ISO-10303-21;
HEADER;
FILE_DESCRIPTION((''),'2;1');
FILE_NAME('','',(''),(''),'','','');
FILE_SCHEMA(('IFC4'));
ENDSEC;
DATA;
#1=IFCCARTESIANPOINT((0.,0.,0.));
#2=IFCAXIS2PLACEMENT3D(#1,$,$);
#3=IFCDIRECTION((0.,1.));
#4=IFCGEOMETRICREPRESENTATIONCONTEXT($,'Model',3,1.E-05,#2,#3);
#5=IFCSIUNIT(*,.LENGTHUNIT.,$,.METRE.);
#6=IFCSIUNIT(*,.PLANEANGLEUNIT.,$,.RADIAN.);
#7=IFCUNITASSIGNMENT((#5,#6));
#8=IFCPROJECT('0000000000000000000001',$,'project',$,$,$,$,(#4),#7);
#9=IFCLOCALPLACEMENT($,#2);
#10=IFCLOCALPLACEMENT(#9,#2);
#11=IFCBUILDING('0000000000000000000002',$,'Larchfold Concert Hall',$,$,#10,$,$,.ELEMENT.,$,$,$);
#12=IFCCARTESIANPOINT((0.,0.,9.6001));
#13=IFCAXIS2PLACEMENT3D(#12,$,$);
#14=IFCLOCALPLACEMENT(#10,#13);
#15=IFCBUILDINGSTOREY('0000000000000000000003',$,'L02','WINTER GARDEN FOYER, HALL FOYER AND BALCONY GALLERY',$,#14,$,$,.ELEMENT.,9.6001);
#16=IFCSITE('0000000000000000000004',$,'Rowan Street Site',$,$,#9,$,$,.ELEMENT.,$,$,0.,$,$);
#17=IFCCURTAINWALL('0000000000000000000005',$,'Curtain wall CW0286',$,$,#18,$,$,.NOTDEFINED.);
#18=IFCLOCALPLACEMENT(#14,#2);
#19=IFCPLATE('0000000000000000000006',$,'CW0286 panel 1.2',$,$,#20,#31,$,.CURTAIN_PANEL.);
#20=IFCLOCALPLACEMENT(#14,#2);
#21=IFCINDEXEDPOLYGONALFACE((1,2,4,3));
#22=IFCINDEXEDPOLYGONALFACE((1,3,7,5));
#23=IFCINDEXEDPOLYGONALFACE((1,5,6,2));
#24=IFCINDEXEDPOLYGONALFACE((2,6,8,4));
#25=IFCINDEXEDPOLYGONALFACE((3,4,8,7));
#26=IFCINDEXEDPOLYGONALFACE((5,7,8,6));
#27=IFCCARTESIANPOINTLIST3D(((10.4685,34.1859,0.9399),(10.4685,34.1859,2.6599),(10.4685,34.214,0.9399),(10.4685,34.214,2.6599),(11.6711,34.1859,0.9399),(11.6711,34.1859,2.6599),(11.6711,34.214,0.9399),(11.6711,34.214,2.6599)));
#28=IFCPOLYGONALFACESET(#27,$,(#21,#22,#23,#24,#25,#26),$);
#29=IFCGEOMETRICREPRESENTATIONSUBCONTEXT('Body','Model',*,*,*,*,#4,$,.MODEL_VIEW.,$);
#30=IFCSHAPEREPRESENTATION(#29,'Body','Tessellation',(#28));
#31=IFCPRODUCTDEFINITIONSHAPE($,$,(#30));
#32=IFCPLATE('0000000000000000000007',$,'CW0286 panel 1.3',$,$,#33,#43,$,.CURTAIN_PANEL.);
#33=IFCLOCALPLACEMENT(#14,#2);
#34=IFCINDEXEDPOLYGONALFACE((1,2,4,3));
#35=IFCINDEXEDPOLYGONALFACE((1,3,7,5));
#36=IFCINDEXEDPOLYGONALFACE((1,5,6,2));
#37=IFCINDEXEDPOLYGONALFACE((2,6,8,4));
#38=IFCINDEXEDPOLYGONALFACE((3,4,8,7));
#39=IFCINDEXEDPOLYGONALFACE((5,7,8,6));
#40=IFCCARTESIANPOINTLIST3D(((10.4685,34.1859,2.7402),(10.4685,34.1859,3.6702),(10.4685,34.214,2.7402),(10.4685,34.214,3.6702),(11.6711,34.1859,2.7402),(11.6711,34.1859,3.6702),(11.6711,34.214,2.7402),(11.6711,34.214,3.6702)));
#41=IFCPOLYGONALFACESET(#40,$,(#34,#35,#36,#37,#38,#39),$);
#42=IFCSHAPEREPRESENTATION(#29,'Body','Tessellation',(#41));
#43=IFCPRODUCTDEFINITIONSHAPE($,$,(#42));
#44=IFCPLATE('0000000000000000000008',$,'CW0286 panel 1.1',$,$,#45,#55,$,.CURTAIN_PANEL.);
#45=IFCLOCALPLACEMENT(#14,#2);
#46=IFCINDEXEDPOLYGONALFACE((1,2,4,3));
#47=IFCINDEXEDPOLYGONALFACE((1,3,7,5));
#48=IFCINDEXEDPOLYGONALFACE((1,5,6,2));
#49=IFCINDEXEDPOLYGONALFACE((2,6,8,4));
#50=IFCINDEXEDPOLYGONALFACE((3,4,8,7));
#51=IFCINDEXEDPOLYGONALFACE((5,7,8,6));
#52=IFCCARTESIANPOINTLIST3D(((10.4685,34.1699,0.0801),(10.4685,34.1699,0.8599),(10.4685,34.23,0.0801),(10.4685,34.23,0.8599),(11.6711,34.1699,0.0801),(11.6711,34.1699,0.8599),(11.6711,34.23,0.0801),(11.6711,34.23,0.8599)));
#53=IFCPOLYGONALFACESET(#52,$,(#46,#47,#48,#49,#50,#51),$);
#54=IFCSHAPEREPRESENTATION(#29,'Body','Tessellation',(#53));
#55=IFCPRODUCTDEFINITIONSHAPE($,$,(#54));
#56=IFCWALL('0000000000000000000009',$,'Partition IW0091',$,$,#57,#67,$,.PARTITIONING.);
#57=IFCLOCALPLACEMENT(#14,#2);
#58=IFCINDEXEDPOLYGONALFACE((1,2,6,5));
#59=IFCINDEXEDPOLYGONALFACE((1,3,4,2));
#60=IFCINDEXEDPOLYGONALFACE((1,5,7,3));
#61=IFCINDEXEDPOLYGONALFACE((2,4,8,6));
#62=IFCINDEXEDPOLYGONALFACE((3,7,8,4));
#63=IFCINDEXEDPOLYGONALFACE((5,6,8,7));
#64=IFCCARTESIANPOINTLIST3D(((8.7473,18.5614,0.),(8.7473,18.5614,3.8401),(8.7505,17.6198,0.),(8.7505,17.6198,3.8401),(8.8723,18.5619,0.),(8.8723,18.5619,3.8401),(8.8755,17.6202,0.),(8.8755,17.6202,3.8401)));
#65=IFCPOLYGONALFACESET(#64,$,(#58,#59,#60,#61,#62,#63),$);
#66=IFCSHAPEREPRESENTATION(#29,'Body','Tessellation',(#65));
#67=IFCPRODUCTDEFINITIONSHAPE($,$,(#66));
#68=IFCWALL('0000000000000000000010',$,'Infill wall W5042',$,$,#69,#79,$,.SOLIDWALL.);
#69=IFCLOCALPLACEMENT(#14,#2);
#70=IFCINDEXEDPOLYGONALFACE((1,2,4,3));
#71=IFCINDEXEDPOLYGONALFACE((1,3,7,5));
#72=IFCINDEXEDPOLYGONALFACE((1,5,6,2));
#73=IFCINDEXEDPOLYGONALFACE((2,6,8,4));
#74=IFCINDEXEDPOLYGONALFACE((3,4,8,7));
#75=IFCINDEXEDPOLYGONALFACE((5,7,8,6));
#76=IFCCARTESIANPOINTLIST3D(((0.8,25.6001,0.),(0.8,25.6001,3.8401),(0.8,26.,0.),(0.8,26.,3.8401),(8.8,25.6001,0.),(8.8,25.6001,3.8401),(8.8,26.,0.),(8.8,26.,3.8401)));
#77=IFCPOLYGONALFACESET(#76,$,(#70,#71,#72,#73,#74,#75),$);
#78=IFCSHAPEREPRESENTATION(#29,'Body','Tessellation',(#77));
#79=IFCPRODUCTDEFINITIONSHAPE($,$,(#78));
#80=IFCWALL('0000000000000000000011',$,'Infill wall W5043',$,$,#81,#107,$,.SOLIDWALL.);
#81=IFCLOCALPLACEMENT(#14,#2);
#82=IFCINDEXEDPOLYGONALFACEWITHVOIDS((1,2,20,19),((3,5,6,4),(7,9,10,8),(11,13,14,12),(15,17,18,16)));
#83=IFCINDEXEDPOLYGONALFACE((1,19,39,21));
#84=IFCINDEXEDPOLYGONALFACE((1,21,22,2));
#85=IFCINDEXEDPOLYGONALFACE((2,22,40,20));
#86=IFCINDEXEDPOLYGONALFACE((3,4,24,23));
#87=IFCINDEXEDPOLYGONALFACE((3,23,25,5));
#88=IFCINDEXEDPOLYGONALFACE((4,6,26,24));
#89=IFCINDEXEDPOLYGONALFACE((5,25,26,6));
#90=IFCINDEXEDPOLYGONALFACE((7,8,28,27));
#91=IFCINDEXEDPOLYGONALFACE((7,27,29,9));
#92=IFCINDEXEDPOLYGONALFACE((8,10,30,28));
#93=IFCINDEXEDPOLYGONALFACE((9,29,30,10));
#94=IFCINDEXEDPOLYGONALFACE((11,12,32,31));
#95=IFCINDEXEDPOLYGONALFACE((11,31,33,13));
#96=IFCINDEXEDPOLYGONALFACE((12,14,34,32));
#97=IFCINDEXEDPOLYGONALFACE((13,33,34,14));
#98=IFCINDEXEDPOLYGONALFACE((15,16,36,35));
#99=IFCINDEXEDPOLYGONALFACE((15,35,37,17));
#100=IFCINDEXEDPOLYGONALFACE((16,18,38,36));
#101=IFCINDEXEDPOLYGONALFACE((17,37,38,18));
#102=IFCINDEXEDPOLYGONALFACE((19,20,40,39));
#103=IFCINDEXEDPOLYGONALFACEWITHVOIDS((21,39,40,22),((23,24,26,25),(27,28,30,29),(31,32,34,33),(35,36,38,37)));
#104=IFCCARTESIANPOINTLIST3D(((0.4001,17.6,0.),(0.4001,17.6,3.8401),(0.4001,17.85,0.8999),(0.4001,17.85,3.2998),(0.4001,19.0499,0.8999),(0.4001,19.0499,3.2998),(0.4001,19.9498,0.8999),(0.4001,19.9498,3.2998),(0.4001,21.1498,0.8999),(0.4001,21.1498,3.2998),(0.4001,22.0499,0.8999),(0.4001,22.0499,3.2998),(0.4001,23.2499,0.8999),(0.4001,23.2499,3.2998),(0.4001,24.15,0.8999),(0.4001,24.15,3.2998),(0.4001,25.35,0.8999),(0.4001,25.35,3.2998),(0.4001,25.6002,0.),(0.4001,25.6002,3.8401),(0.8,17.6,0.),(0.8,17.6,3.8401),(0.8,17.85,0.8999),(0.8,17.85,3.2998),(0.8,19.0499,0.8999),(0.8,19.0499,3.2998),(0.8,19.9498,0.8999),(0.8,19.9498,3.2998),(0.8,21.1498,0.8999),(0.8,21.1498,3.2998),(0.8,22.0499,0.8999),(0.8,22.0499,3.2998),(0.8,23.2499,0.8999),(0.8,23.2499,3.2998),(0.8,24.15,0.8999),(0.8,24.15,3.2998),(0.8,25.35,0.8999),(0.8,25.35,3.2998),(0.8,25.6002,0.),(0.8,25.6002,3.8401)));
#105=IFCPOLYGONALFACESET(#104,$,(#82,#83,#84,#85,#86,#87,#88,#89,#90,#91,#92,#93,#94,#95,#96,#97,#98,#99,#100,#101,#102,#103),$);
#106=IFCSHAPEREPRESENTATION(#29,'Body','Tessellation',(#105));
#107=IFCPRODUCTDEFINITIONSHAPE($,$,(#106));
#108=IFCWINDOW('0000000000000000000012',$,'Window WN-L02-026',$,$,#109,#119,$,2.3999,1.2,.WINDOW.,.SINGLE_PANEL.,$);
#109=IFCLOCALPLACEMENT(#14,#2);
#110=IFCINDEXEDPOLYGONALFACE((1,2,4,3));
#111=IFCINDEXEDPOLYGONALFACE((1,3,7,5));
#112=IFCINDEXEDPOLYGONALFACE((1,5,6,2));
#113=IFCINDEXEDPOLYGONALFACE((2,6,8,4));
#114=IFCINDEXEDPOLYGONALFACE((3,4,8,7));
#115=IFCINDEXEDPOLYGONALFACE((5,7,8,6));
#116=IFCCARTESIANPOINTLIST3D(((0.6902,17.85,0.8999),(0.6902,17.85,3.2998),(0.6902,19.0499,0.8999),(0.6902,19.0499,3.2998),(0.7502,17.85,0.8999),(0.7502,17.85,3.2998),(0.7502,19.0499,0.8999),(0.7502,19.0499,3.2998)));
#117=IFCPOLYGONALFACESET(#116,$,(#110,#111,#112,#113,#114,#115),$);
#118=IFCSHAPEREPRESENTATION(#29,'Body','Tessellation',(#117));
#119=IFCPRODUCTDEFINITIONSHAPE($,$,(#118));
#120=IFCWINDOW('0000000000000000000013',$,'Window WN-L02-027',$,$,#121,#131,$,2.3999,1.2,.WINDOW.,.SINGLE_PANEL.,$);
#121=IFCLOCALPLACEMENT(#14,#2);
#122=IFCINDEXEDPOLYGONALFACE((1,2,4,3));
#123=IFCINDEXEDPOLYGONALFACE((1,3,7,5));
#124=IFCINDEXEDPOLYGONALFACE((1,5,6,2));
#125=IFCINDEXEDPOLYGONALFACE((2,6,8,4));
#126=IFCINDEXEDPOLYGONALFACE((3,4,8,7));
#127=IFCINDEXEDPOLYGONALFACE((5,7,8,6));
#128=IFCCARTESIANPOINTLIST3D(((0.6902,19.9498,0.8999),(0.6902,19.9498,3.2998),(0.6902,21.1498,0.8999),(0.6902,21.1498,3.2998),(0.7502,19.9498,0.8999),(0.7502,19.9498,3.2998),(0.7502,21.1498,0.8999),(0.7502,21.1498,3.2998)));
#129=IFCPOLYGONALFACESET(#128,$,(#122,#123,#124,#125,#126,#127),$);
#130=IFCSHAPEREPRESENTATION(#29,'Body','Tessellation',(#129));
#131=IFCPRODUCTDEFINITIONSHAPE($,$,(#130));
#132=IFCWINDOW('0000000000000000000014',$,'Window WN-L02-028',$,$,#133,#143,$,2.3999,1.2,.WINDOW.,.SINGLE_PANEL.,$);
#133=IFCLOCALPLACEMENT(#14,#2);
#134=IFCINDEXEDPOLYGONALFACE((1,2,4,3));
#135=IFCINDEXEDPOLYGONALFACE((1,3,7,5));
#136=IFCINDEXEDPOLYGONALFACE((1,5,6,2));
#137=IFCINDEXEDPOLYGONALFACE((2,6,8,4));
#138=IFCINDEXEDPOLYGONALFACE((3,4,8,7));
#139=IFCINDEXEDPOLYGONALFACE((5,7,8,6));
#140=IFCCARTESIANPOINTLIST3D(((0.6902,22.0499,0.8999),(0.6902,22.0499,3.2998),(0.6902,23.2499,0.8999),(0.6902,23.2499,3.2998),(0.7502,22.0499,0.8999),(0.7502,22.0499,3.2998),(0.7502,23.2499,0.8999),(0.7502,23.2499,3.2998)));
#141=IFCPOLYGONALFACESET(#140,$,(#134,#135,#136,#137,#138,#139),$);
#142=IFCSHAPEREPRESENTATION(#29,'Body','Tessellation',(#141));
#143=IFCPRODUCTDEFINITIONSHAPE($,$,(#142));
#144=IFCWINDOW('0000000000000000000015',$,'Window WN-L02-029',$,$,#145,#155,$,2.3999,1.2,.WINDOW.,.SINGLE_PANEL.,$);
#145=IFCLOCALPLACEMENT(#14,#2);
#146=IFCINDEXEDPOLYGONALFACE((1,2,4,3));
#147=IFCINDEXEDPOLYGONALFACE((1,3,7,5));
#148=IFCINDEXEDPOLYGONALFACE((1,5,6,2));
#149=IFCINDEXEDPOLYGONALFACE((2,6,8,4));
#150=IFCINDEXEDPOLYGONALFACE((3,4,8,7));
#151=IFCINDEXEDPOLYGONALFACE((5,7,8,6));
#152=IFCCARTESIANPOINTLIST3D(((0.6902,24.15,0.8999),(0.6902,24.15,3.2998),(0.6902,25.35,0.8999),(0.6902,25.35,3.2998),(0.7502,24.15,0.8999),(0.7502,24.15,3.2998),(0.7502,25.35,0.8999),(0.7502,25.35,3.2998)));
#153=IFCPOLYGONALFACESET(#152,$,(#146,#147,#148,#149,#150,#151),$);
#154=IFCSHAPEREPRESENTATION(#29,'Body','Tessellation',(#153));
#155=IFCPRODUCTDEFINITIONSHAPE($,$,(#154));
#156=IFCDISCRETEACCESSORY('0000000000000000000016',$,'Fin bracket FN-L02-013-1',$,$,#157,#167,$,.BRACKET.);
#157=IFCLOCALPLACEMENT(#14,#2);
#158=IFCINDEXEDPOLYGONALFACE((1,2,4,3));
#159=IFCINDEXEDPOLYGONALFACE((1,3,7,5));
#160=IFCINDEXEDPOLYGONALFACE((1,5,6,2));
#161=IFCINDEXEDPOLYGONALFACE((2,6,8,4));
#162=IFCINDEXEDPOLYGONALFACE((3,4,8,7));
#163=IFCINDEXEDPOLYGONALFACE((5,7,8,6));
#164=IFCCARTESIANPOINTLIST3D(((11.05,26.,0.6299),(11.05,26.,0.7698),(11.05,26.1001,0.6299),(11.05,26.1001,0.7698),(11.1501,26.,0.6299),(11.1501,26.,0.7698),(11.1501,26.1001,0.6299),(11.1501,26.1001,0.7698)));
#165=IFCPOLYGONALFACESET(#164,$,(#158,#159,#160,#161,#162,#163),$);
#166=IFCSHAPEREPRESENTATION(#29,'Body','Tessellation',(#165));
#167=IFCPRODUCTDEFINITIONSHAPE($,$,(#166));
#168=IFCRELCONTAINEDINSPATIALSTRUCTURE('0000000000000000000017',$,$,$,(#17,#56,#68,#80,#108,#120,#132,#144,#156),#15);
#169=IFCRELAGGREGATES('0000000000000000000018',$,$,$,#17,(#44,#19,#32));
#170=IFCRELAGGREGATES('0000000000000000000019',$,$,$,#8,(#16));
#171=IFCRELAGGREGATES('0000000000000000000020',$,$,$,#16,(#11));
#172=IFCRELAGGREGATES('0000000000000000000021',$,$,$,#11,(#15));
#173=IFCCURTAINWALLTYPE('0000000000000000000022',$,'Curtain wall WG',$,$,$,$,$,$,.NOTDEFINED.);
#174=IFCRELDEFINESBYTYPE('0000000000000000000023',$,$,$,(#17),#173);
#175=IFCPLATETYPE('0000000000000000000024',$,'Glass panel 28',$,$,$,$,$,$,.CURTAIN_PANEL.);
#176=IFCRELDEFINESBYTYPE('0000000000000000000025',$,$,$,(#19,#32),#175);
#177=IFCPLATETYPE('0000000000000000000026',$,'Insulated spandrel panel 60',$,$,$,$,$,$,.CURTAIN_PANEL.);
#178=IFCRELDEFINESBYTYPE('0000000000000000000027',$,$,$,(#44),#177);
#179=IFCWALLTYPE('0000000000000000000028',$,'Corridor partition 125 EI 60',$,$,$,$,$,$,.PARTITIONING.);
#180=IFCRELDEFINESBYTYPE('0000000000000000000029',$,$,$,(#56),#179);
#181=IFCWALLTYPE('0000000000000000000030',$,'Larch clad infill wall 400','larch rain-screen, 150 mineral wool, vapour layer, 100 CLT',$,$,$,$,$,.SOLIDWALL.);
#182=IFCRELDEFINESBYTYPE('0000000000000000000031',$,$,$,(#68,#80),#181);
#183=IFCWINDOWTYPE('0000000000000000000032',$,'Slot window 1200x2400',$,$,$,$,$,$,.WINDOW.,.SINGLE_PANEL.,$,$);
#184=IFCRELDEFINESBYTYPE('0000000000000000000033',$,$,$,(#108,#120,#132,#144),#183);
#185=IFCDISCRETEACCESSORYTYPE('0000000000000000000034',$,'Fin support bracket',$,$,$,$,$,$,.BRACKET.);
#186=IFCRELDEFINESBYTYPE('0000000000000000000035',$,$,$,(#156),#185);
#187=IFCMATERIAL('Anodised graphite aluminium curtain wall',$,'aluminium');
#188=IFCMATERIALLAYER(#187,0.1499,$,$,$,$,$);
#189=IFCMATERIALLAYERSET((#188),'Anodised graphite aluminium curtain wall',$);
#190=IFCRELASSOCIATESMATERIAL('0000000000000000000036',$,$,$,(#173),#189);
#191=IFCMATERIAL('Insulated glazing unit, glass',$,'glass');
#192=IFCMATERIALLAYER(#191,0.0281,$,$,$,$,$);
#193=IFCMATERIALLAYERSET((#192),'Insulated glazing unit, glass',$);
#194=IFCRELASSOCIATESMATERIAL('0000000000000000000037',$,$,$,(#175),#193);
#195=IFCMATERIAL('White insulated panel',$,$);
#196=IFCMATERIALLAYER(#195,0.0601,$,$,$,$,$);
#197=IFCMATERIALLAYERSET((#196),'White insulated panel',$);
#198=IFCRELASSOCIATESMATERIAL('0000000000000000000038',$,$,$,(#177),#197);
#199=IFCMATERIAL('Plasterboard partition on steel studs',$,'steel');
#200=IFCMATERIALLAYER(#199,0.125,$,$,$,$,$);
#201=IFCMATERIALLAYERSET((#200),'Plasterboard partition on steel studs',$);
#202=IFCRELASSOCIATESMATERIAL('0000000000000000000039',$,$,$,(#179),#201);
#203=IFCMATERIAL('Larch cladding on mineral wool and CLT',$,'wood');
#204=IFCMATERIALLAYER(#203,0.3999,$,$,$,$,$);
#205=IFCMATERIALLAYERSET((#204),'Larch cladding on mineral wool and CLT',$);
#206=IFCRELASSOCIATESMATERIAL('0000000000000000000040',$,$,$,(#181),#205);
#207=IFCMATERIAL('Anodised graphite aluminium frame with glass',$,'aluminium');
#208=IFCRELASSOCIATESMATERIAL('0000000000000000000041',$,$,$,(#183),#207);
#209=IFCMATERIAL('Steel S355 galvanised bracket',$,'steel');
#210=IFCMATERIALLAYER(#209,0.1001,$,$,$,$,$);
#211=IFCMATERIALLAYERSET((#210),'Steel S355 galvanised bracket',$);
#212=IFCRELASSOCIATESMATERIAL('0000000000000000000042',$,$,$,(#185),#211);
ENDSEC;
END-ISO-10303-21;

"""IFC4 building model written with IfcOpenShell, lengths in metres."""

from ifc_helpers import new_model, si_unit, direction, frame, frame_2d, origin, origin_2d, place, context, subcontext, project, spatial, rectangle, extrude, material, layer, layer_set, type_object, element, fill, aggregate, save


model = new_model("IFC4")

# Units and contexts
model_context = context("Model", 3, precision=1e-05, world=origin(), true_north=direction((0.0, 1.0)))
body_context = subcontext(model_context, "Body", "Model", "MODEL_VIEW")
ifc_project = project(units=[si_unit("LENGTHUNIT", "METRE"), si_unit("PLANEANGLEUNIT", "RADIAN")], contexts=[model_context])

# Site, building, storey
site_placement = place(None, origin())
site = spatial("IfcSite", under=ifc_project, at=site_placement, Name="Rowan Street Site", CompositionType="ELEMENT", RefElevation=0.0)
building_placement = place(site_placement, origin())
building = spatial("IfcBuilding", under=site, at=building_placement, Name="Larchfold Concert Hall", CompositionType="ELEMENT")
storey_placement = place(building_placement, frame((0.0, 0.0, 9.6001)))
storey = spatial("IfcBuildingStorey", under=building, at=storey_placement, Name="L02", Description="WINTER GARDEN FOYER, HALL FOYER AND BALCONY GALLERY", CompositionType="ELEMENT", Elevation=9.6001)

# Curtain wall
ifc_material_1 = material(Name="Anodised graphite aluminium curtain wall", Category="aluminium")
ifc_layer_1 = layer(ifc_material_1, 0.1499)
ifc_layer_set_1 = layer_set([ifc_layer_1], Name="Anodised graphite aluminium curtain wall")
curtain_wall_type = type_object("IfcCurtainWallType", Name="Curtain wall WG", PredefinedType="NOTDEFINED", material=ifc_layer_set_1)
curtain_wall_placement = place(storey_placement, origin())
curtain_wall = element("IfcCurtainWall", 1, at=curtain_wall_placement, inside=storey, type_object=curtain_wall_type, Name="Curtain wall CW0286", PredefinedType="NOTDEFINED")

# Plates
ifc_material_2 = material(Name="Insulated glazing unit, glass", Category="glass")
ifc_layer_2 = layer(ifc_material_2, 0.0281)
ifc_layer_set_2 = layer_set([ifc_layer_2], Name="Insulated glazing unit, glass")
plate_type_1 = type_object("IfcPlateType", Name="Glass panel 28", PredefinedType="CURTAIN_PANEL", material=ifc_layer_set_2)
plate_1_placement = place(storey_placement, frame((11.0698, 34.2, 0.9399), z_axis=(0.0, 0.0, 1.0), x_axis=(1.0, 0.0, 0.0)))
plate_1 = element("IfcPlate", 2, at=plate_1_placement, type_object=plate_type_1, Name="CW0286 panel 1.2", PredefinedType="CURTAIN_PANEL", context=body_context, shape_type="SweptSolid", body=[
    extrude(rectangle(XDim=1.2026, YDim=0.0281, at=origin_2d()), origin(), (0.0, 0.0, 1.0), 1.72),
])
plate_2_placement = place(storey_placement, frame((11.0698, 34.2, 2.7402), z_axis=(0.0, 0.0, 1.0), x_axis=(1.0, 0.0, 0.0)))
plate_2 = element("IfcPlate", 3, at=plate_2_placement, type_object=plate_type_1, Name="CW0286 panel 1.3", PredefinedType="CURTAIN_PANEL", context=body_context, shape_type="SweptSolid", body=[
    extrude(rectangle(XDim=1.2026, YDim=0.0281, at=origin_2d()), origin(), (0.0, 0.0, 1.0), 0.9299),
])
ifc_material_3 = material(Name="White insulated panel")
ifc_layer_3 = layer(ifc_material_3, 0.0601)
ifc_layer_set_3 = layer_set([ifc_layer_3], Name="White insulated panel")
plate_type_2 = type_object("IfcPlateType", Name="Insulated spandrel panel 60", PredefinedType="CURTAIN_PANEL", material=ifc_layer_set_3)
plate_3_placement = place(storey_placement, frame((11.0698, 34.2, 0.0801), z_axis=(0.0, 0.0, 1.0), x_axis=(1.0, 0.0, 0.0)))
plate_3 = element("IfcPlate", 4, at=plate_3_placement, type_object=plate_type_2, Name="CW0286 panel 1.1", PredefinedType="CURTAIN_PANEL", context=body_context, shape_type="SweptSolid", body=[
    extrude(rectangle(XDim=1.2026, YDim=0.0601, at=origin_2d()), origin(), (0.0, 0.0, 1.0), 0.7798),
])
aggregate(curtain_wall, [plate_3, plate_1, plate_2])

# Walls
ifc_material_4 = material(Name="Plasterboard partition on steel studs", Category="steel")
ifc_layer_4 = layer(ifc_material_4, 0.125)
ifc_layer_set_4 = layer_set([ifc_layer_4], Name="Plasterboard partition on steel studs")
wall_type_1 = type_object("IfcWallType", Name="Corridor partition 125 EI 60", PredefinedType="PARTITIONING", material=ifc_layer_set_4)
wall_1_placement = place(storey_placement, frame((8.8098, 18.5615, 0.0), z_axis=(0.0, 0.0, 1.0), x_axis=(0.00337, -0.999994, 0.0)))
element("IfcWall", 5, at=wall_1_placement, inside=storey, type_object=wall_type_1, Name="Partition IW0091", PredefinedType="PARTITIONING", context=body_context, shape_type="SweptSolid", body=[
    extrude(rectangle(XDim=0.9417, YDim=0.125, at=frame_2d((0.4707, 0.0))), origin(), (0.0, 0.0, 1.0), 3.8401),
])
ifc_material_5 = material(Name="Larch cladding on mineral wool and CLT", Category="wood")
ifc_layer_5 = layer(ifc_material_5, 0.3999)
ifc_layer_set_5 = layer_set([ifc_layer_5], Name="Larch cladding on mineral wool and CLT")
wall_type_2 = type_object("IfcWallType", Name="Larch clad infill wall 400", Description="larch rain-screen, 150 mineral wool, vapour layer, 100 CLT", PredefinedType="SOLIDWALL", material=ifc_layer_set_5)
wall_2_placement = place(storey_placement, frame((8.8, 25.8, 0.0), z_axis=(0.0, 0.0, 1.0), x_axis=(-1.0, 0.0, 0.0)))
element("IfcWall", 6, at=wall_2_placement, inside=storey, type_object=wall_type_2, Name="Infill wall W5042", PredefinedType="SOLIDWALL", context=body_context, shape_type="SweptSolid", body=[
    extrude(rectangle(XDim=8.0, YDim=0.3999, at=frame_2d((4.0, 0.0))), origin(), (0.0, 0.0, 1.0), 3.8401),
])

# Wall, openings, windows
wall_3_placement = place(storey_placement, frame((0.6001, 25.6001, 0.0), z_axis=(0.0, 0.0, 1.0), x_axis=(0.0, -1.0, 0.0)))
wall_3 = element("IfcWall", 7, at=wall_3_placement, inside=storey, type_object=wall_type_2, Name="Infill wall W5043", PredefinedType="SOLIDWALL", context=body_context, shape_type="SweptSolid", body=[
    extrude(rectangle(XDim=8.0002, YDim=0.3999, at=frame_2d((4.0, 0.0))), origin(), (0.0, 0.0, 1.0), 3.8401),
])
opening_1_placement = place(wall_3_placement, frame((6.55, 0.0, 0.8999)))
opening_1 = element("IfcOpeningElement", 8, at=opening_1_placement, cuts=wall_3, PredefinedType="OPENING", context=body_context, shape_type="SweptSolid", body=[
    extrude(rectangle(XDim=1.2, YDim=2.3999, at=frame_2d((0.6001, 1.2))), frame((0.0, 0.21, 0.0), z_axis=(0.0, -1.0, 0.0), x_axis=(1.0, 0.0, 0.0)), (0.0, 0.0, 1.0), 0.4199),
])
opening_2_placement = place(wall_3_placement, frame((4.4502, 0.0, 0.8999)))
opening_2 = element("IfcOpeningElement", 9, at=opening_2_placement, cuts=wall_3, PredefinedType="OPENING", context=body_context, shape_type="SweptSolid", body=[
    extrude(rectangle(XDim=1.2, YDim=2.3999, at=frame_2d((0.6001, 1.2))), frame((0.0, 0.21, 0.0), z_axis=(0.0, -1.0, 0.0), x_axis=(1.0, 0.0, 0.0)), (0.0, 0.0, 1.0), 0.4199),
])
opening_3_placement = place(wall_3_placement, frame((2.3501, 0.0, 0.8999)))
opening_3 = element("IfcOpeningElement", 10, at=opening_3_placement, cuts=wall_3, PredefinedType="OPENING", context=body_context, shape_type="SweptSolid", body=[
    extrude(rectangle(XDim=1.2, YDim=2.3999, at=frame_2d((0.6001, 1.2))), frame((0.0, 0.21, 0.0), z_axis=(0.0, -1.0, 0.0), x_axis=(1.0, 0.0, 0.0)), (0.0, 0.0, 1.0), 0.4199),
])
opening_4_placement = place(wall_3_placement, frame((0.25, 0.0, 0.8999)))
opening_4 = element("IfcOpeningElement", 11, at=opening_4_placement, cuts=wall_3, PredefinedType="OPENING", context=body_context, shape_type="SweptSolid", body=[
    extrude(rectangle(XDim=1.2, YDim=2.3999, at=frame_2d((0.6001, 1.2))), frame((0.0, 0.21, 0.0), z_axis=(0.0, -1.0, 0.0), x_axis=(1.0, 0.0, 0.0)), (0.0, 0.0, 1.0), 0.4199),
])
ifc_material_6 = material(Name="Anodised graphite aluminium frame with glass", Category="aluminium")
window_type = type_object("IfcWindowType", Name="Slot window 1200x2400", PartitioningType="SINGLE_PANEL", PredefinedType="WINDOW", material=ifc_material_6)
window_1_placement = place(opening_1_placement, origin())
window_1 = element("IfcWindow", 12, at=window_1_placement, inside=storey, type_object=window_type, Name="Window WN-L02-026", OverallHeight=2.3999, OverallWidth=1.2, PartitioningType="SINGLE_PANEL", PredefinedType="WINDOW", context=body_context, shape_type="SweptSolid", body=[
    extrude(rectangle(XDim=1.2, YDim=2.3999, at=frame_2d((0.6001, 1.2))), frame((0.0, 0.1501, 0.0), z_axis=(0.0, -1.0, 0.0), x_axis=(1.0, 0.0, 0.0)), (0.0, 0.0, 1.0), 0.0601),
])
fill(opening_1, window_1)
window_2_placement = place(opening_2_placement, origin())
window_2 = element("IfcWindow", 13, at=window_2_placement, inside=storey, type_object=window_type, Name="Window WN-L02-027", OverallHeight=2.3999, OverallWidth=1.2, PartitioningType="SINGLE_PANEL", PredefinedType="WINDOW", context=body_context, shape_type="SweptSolid", body=[
    extrude(rectangle(XDim=1.2, YDim=2.3999, at=frame_2d((0.6001, 1.2))), frame((0.0, 0.1501, 0.0), z_axis=(0.0, -1.0, 0.0), x_axis=(1.0, 0.0, 0.0)), (0.0, 0.0, 1.0), 0.0601),
])
fill(opening_2, window_2)
window_3_placement = place(opening_3_placement, origin())
window_3 = element("IfcWindow", 14, at=window_3_placement, inside=storey, type_object=window_type, Name="Window WN-L02-028", OverallHeight=2.3999, OverallWidth=1.2, PartitioningType="SINGLE_PANEL", PredefinedType="WINDOW", context=body_context, shape_type="SweptSolid", body=[
    extrude(rectangle(XDim=1.2, YDim=2.3999, at=frame_2d((0.6001, 1.2))), frame((0.0, 0.1501, 0.0), z_axis=(0.0, -1.0, 0.0), x_axis=(1.0, 0.0, 0.0)), (0.0, 0.0, 1.0), 0.0601),
])
fill(opening_3, window_3)
window_4_placement = place(opening_4_placement, origin())
window_4 = element("IfcWindow", 15, at=window_4_placement, inside=storey, type_object=window_type, Name="Window WN-L02-029", OverallHeight=2.3999, OverallWidth=1.2, PartitioningType="SINGLE_PANEL", PredefinedType="WINDOW", context=body_context, shape_type="SweptSolid", body=[
    extrude(rectangle(XDim=1.2, YDim=2.3999, at=frame_2d((0.6001, 1.2))), frame((0.0, 0.1501, 0.0), z_axis=(0.0, -1.0, 0.0), x_axis=(1.0, 0.0, 0.0)), (0.0, 0.0, 1.0), 0.0601),
])
fill(opening_4, window_4)

# Discrete accessory
ifc_material_7 = material(Name="Steel S355 galvanised bracket", Category="steel")
ifc_layer_6 = layer(ifc_material_7, 0.1001)
ifc_layer_set_6 = layer_set([ifc_layer_6], Name="Steel S355 galvanised bracket")
discrete_accessory_type = type_object("IfcDiscreteAccessoryType", Name="Fin support bracket", PredefinedType="BRACKET", material=ifc_layer_set_6)
for number, where, z_axis, x_axis, name in (
    (16, (11.1001, 26.05, 0.6299), (0.0, 0.0, 1.0), (0.0, 1.0, 0.0), "Fin bracket FN-L02-013-1"),
):
    element("IfcDiscreteAccessory", number, at=place(storey_placement, frame(where, z_axis=z_axis, x_axis=x_axis)), inside=storey, type_object=discrete_accessory_type, Name=name, PredefinedType="BRACKET", context=body_context, shape_type="SweptSolid", body=[
        extrude(rectangle(XDim=0.1001, YDim=0.1001, at=origin_2d()), origin(), (0.0, 0.0, 1.0), 0.1399),
    ])

save(model, "model.ifc")
